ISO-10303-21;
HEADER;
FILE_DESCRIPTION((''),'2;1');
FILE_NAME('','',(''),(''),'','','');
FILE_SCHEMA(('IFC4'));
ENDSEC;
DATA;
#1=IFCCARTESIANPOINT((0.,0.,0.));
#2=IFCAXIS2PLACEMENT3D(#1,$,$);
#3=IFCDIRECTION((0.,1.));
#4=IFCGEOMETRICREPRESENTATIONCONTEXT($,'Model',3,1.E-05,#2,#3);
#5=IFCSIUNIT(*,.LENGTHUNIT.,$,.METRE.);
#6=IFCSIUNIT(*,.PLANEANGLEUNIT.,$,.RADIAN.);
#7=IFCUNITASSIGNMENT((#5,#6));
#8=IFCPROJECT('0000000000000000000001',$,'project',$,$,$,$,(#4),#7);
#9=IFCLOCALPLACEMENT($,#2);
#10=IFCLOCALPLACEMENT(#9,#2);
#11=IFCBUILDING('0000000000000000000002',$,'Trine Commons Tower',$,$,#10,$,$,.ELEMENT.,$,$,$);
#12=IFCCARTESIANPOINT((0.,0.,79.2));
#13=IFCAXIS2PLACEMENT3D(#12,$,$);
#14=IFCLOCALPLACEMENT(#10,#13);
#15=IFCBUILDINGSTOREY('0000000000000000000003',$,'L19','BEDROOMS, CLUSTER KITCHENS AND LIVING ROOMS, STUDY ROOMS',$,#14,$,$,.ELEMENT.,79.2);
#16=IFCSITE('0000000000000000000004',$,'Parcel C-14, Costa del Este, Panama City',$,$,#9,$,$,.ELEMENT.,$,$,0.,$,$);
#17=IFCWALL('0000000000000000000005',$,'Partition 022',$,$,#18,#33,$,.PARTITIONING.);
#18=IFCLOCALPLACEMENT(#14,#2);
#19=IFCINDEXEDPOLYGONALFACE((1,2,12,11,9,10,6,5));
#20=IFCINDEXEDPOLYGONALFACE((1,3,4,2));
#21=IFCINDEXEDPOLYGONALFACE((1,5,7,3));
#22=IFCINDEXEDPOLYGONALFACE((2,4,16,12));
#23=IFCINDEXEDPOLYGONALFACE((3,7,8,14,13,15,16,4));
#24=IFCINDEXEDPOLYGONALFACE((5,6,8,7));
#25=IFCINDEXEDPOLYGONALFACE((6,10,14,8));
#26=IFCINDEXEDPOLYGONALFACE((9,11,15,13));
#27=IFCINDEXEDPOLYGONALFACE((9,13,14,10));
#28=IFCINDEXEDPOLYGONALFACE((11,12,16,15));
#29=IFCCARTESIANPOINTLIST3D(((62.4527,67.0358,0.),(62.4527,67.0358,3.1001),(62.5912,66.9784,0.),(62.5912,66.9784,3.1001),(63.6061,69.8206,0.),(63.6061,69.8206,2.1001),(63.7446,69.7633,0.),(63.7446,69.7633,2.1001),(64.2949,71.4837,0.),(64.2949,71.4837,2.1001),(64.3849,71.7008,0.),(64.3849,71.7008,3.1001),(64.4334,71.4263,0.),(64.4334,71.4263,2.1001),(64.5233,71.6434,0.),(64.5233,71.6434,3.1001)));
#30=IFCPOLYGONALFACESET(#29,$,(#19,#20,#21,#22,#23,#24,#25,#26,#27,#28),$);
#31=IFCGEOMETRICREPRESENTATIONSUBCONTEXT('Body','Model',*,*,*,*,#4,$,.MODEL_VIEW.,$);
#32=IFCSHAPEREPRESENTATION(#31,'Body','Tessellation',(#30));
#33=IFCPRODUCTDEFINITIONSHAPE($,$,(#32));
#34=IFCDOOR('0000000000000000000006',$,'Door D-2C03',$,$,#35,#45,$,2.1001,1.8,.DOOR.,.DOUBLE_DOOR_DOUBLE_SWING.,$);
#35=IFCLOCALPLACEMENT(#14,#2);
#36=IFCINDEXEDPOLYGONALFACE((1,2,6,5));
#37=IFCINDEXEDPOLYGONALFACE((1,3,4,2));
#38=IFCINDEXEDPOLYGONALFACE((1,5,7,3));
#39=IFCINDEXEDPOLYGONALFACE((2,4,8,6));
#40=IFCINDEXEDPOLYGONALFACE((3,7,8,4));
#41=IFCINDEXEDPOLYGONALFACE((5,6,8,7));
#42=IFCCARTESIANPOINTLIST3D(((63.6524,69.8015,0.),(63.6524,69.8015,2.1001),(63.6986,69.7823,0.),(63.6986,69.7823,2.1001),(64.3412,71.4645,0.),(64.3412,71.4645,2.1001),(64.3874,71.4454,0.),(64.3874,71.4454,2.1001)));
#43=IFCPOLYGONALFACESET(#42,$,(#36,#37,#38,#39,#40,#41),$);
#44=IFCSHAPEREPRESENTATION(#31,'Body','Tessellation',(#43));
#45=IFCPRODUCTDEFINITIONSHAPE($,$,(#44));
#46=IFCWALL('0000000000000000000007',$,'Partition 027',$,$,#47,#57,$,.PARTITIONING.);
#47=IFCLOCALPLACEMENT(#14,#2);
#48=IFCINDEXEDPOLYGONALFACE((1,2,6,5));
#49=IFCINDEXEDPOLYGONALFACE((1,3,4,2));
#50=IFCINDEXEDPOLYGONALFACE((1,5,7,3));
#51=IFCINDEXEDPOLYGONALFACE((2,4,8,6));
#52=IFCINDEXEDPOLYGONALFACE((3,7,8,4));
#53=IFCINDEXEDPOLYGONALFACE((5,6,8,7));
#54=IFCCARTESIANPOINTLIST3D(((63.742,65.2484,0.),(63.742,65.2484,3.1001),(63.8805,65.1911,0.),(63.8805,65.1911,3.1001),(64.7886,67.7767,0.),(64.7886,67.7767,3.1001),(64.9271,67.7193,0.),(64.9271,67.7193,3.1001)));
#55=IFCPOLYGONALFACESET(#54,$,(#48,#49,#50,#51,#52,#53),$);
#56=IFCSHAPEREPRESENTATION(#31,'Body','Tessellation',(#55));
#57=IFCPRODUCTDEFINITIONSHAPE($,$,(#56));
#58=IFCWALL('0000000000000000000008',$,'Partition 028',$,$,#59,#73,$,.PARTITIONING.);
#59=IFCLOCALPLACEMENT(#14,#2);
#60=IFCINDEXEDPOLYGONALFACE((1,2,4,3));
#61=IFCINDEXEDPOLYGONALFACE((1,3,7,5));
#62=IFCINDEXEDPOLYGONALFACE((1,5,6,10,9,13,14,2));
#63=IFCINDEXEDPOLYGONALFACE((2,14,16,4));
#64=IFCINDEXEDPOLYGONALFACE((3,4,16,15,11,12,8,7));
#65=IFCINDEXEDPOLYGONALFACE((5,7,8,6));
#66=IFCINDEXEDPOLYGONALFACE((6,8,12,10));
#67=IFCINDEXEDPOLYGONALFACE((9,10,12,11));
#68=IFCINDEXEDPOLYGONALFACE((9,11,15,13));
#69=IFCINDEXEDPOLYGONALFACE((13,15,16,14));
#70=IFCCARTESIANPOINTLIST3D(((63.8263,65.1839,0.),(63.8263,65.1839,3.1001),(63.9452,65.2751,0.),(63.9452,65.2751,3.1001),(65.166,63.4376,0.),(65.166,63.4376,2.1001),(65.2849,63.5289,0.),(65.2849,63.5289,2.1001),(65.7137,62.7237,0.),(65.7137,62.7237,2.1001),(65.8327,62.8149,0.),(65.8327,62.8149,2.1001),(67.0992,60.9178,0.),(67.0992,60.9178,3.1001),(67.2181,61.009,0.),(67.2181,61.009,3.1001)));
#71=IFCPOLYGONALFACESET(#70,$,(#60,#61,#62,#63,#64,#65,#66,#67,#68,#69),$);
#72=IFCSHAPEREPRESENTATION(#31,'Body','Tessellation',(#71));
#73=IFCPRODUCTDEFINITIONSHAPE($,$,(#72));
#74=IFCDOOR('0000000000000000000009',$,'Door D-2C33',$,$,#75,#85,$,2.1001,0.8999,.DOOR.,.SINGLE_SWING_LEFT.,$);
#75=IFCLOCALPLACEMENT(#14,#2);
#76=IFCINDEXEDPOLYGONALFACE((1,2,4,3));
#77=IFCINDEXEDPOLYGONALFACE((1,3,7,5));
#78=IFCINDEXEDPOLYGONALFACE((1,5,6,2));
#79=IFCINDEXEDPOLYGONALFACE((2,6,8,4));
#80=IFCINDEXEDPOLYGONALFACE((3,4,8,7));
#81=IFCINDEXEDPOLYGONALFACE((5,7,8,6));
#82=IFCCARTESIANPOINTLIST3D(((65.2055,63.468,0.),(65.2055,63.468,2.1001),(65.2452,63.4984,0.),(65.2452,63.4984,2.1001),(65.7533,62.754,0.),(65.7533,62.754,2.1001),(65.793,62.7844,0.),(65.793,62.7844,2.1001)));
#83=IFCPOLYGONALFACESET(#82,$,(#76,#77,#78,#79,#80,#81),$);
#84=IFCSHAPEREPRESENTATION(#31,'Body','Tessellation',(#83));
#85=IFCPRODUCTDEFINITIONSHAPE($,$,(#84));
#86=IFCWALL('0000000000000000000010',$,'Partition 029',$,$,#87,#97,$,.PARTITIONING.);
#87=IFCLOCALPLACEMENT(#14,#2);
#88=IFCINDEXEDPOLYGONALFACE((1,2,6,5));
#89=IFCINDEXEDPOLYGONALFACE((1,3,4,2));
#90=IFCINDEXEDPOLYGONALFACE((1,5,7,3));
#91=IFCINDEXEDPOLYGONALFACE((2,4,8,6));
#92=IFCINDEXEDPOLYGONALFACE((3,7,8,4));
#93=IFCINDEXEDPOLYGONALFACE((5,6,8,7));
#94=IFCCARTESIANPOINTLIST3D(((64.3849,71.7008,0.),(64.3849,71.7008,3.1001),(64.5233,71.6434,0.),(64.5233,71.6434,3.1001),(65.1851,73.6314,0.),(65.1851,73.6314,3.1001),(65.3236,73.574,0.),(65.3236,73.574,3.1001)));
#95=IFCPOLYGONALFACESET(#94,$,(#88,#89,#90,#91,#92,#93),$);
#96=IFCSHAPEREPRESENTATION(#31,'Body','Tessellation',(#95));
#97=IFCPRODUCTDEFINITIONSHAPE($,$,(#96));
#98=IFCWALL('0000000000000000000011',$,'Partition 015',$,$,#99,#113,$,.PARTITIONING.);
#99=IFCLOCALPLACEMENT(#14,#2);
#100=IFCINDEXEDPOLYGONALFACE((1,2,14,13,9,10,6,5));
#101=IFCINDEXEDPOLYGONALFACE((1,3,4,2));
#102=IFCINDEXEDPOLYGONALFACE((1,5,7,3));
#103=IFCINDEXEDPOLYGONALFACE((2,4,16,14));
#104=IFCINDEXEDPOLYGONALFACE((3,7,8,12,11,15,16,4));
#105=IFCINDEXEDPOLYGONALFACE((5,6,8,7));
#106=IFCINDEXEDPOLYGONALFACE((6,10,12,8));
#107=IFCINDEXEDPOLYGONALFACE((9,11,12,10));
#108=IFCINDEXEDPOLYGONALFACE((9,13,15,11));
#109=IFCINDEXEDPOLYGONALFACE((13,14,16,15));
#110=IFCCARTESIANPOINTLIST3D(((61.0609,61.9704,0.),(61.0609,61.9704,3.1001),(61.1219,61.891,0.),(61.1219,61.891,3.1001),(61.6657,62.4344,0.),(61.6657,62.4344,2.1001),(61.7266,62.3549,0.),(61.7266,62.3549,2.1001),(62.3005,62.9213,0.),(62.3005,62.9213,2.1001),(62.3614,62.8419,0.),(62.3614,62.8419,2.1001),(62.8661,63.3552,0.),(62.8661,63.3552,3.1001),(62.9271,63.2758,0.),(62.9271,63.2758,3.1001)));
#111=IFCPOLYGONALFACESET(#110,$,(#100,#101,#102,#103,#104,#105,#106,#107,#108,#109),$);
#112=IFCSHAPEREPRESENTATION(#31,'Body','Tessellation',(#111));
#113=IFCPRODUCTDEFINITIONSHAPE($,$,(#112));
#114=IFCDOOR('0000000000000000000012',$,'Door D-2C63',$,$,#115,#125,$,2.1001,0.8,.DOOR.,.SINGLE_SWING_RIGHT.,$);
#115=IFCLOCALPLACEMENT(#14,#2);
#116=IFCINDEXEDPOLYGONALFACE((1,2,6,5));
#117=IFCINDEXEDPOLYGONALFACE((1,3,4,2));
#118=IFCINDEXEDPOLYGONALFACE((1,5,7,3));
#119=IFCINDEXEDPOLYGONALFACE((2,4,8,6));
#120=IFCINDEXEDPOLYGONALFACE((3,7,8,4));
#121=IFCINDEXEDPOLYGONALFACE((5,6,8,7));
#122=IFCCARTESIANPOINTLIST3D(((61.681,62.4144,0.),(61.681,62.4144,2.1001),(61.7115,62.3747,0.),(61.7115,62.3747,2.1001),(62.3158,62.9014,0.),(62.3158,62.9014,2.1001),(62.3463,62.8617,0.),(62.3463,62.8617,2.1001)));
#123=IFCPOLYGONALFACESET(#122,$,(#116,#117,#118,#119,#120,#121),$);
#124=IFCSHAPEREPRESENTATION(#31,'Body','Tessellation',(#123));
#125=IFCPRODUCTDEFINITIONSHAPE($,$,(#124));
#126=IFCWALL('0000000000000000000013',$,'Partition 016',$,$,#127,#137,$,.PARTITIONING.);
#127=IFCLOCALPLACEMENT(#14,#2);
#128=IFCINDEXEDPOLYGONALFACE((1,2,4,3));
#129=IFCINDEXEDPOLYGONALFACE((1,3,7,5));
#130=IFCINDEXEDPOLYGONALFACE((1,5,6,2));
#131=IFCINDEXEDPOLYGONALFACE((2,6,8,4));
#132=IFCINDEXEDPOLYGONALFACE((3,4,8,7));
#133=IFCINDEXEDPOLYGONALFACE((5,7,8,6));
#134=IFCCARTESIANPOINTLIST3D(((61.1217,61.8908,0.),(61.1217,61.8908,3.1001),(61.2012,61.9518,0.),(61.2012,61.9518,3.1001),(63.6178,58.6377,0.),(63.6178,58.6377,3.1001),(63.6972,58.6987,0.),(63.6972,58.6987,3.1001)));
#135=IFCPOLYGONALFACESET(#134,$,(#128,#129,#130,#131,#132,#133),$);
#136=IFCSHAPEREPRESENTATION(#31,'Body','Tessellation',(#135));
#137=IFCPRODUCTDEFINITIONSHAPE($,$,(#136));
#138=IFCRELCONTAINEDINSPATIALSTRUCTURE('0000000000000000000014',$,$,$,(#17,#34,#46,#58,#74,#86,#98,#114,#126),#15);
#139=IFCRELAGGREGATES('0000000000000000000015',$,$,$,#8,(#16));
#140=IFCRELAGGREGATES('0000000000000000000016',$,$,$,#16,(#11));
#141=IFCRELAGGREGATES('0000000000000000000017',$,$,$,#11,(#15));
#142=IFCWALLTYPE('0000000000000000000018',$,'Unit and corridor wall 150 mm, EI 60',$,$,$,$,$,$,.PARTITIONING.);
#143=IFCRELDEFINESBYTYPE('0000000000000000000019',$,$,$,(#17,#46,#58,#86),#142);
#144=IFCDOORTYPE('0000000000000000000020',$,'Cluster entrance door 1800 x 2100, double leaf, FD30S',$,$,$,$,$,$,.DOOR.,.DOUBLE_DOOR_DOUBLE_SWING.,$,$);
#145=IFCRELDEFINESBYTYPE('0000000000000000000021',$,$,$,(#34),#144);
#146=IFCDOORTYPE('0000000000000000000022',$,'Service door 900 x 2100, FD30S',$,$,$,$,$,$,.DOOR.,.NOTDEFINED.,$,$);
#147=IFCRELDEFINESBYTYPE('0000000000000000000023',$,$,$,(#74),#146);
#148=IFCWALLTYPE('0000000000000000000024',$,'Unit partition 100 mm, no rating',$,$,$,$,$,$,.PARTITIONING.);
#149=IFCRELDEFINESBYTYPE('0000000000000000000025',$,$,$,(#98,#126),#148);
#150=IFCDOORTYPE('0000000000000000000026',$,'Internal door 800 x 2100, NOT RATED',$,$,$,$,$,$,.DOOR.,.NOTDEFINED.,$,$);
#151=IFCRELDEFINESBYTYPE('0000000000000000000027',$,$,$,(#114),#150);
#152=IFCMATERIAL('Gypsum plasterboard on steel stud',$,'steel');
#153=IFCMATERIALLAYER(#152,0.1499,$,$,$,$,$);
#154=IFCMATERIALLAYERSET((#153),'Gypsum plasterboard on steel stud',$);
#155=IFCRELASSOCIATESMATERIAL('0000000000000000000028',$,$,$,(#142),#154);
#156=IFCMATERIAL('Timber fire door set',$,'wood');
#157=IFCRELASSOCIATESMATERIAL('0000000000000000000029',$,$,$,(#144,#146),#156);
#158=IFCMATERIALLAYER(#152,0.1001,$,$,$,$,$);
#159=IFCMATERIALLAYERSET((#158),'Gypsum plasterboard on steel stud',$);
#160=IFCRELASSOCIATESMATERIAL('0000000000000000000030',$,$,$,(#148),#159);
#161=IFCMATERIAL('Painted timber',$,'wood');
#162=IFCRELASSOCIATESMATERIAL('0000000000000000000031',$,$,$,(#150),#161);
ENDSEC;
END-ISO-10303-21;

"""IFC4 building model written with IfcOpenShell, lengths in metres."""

from ifc_helpers import new_model, si_unit, direction, frame, frame_2d, origin, place, context, subcontext, project, spatial, rectangle, extrude, material, layer, layer_set, type_object, element, fill, save


model = new_model("IFC4")

# Units and contexts
model_context = context("Model", 3, precision=1e-05, world=origin(), true_north=direction((0.0, 1.0)))
body_context = subcontext(model_context, "Body", "Model", "MODEL_VIEW")
ifc_project = project(units=[si_unit("LENGTHUNIT", "METRE"), si_unit("PLANEANGLEUNIT", "RADIAN")], contexts=[model_context])

# Site, building, storey
site_placement = place(None, origin())
site = spatial("IfcSite", under=ifc_project, at=site_placement, Name="Parcel C-14, Costa del Este, Panama City", CompositionType="ELEMENT", RefElevation=0.0)
building_placement = place(site_placement, origin())
building = spatial("IfcBuilding", under=site, at=building_placement, Name="Trine Commons Tower", CompositionType="ELEMENT")
storey_placement = place(building_placement, frame((0.0, 0.0, 79.2)))
storey = spatial("IfcBuildingStorey", under=building, at=storey_placement, Name="L19", Description="BEDROOMS, CLUSTER KITCHENS AND LIVING ROOMS, STUDY ROOMS", CompositionType="ELEMENT", Elevation=79.2)

# Shared definitions
ifc_material_1 = material(Name="Gypsum plasterboard on steel stud", Category="steel")
ifc_layer_1 = layer(ifc_material_1, 0.1499)
ifc_layer_set_1 = layer_set([ifc_layer_1], Name="Gypsum plasterboard on steel stud")
wall_type_1 = type_object("IfcWallType", Name="Unit and corridor wall 150 mm, EI 60", PredefinedType="PARTITIONING", material=ifc_layer_set_1)

# Wall, opening, door
ifc_material_2 = material(Name="Painted timber", Category="wood")
wall_1_placement = place(storey_placement, frame((62.522, 67.0071, 0.0), z_axis=(0.0, 0.0, 1.0), x_axis=(0.382651, 0.923893, 0.0)))
wall_1 = element("IfcWall", 1, at=wall_1_placement, inside=storey, type_object=wall_type_1, Name="Partition 022", PredefinedType="PARTITIONING", context=body_context, shape_type="SweptSolid", body=[
    extrude(rectangle(XDim=5.0493, YDim=0.1499, at=frame_2d((2.5247, 0.0))), origin(), (0.0, 0.0, 1.0), 3.1001),
])
opening_1_placement = place(wall_1_placement, frame((3.0144, 0.0, 0.0)))
opening_1 = element("IfcOpeningElement", 2, at=opening_1_placement, cuts=wall_1, PredefinedType="OPENING", context=body_context, shape_type="SweptSolid", body=[
    extrude(rectangle(XDim=1.8, YDim=2.1001, at=frame_2d((0.8999, 1.05))), frame((0.0, 0.085, 0.0), z_axis=(0.0, -1.0, 0.0), x_axis=(1.0, 0.0, 0.0)), (0.0, 0.0, 1.0), 0.1699),
])
ifc_material_3 = material(Name="Timber fire door set", Category="wood")
door_type_1 = type_object("IfcDoorType", Name="Cluster entrance door 1800 x 2100, double leaf, FD30S", OperationType="DOUBLE_DOOR_DOUBLE_SWING", PredefinedType="DOOR", material=ifc_material_3)
door_1_placement = place(opening_1_placement, origin())
door_1 = element("IfcDoor", 3, at=door_1_placement, inside=storey, type_object=door_type_1, Name="Door D-2C03", OperationType="DOUBLE_DOOR_DOUBLE_SWING", OverallHeight=2.1001, OverallWidth=1.8, PredefinedType="DOOR", context=body_context, shape_type="SweptSolid", body=[
    extrude(rectangle(XDim=1.8, YDim=2.1001, at=frame_2d((0.8999, 1.05))), frame((0.0, 0.0249, 0.0), z_axis=(0.0, -1.0, 0.0), x_axis=(1.0, 0.0, 0.0)), (0.0, 0.0, 1.0), 0.05),
])
fill(opening_1, door_1)

# Wall
wall_2_placement = place(storey_placement, frame((63.8113, 65.2197, 0.0), z_axis=(0.0, 0.0, 1.0), x_axis=(0.382486, 0.923961, 0.0)))
element("IfcWall", 4, at=wall_2_placement, inside=storey, type_object=wall_type_1, Name="Partition 027", PredefinedType="PARTITIONING", context=body_context, shape_type="SweptSolid", body=[
    extrude(rectangle(XDim=2.7363, YDim=0.1499, at=frame_2d((1.3682, 0.0))), origin(), (0.0, 0.0, 1.0), 3.1001),
])

# Wall, opening, door
wall_3_placement = place(storey_placement, frame((63.8857, 65.2295, 0.0), z_axis=(0.0, 0.0, 1.0), x_axis=(0.608697, -0.793403, 0.0)))
wall_3 = element("IfcWall", 5, at=wall_3_placement, inside=storey, type_object=wall_type_1, Name="Partition 028", PredefinedType="PARTITIONING", context=body_context, shape_type="SweptSolid", body=[
    extrude(rectangle(XDim=5.377, YDim=0.1499, at=frame_2d((2.6885, 0.0))), origin(), (0.0, 0.0, 1.0), 3.1001),
])
opening_2_placement = place(wall_3_placement, frame((2.2009, 0.0, 0.0)))
opening_2 = element("IfcOpeningElement", 6, at=opening_2_placement, cuts=wall_3, PredefinedType="OPENING", context=body_context, shape_type="SweptSolid", body=[
    extrude(rectangle(XDim=0.8999, YDim=2.1001, at=frame_2d((0.45, 1.05))), frame((0.0, 0.085, 0.0), z_axis=(0.0, -1.0, 0.0), x_axis=(1.0, 0.0, 0.0)), (0.0, 0.0, 1.0), 0.1699),
])
door_type_2 = type_object("IfcDoorType", Name="Service door 900 x 2100, FD30S", OperationType="NOTDEFINED", PredefinedType="DOOR", material=ifc_material_3)
door_2_placement = place(opening_2_placement, origin())
door_2 = element("IfcDoor", 7, at=door_2_placement, inside=storey, type_object=door_type_2, Name="Door D-2C33", OperationType="SINGLE_SWING_LEFT", OverallHeight=2.1001, OverallWidth=0.8999, PredefinedType="DOOR", context=body_context, shape_type="SweptSolid", body=[
    extrude(rectangle(XDim=0.8999, YDim=2.1001, at=frame_2d((0.45, 1.05))), frame((0.0, 0.0249, 0.0), z_axis=(0.0, -1.0, 0.0), x_axis=(1.0, 0.0, 0.0)), (0.0, 0.0, 1.0), 0.05),
])
fill(opening_2, door_2)

# Wall
wall_4_placement = place(storey_placement, frame((64.4541, 71.6721, 0.0), z_axis=(0.0, 0.0, 1.0), x_axis=(0.382923, 0.92378, 0.0)))
element("IfcWall", 8, at=wall_4_placement, inside=storey, type_object=wall_type_1, Name="Partition 029", PredefinedType="PARTITIONING", context=body_context, shape_type="SweptSolid", body=[
    extrude(rectangle(XDim=2.0898, YDim=0.1499, at=frame_2d((1.0449, 0.0))), origin(), (0.0, 0.0, 1.0), 3.1001),
])

# Wall, opening, door
ifc_layer_2 = layer(ifc_material_1, 0.1001)
ifc_layer_set_2 = layer_set([ifc_layer_2], Name="Gypsum plasterboard on steel stud")
wall_type_2 = type_object("IfcWallType", Name="Unit partition 100 mm, no rating", PredefinedType="PARTITIONING", material=ifc_layer_set_2)
wall_5_placement = place(storey_placement, frame((61.0913, 61.9307, 0.0), z_axis=(0.0, 0.0, 1.0), x_axis=(0.793437, 0.608652, 0.0)))
wall_5 = element("IfcWall", 9, at=wall_5_placement, inside=storey, type_object=wall_type_2, Name="Partition 015", PredefinedType="PARTITIONING", context=body_context, shape_type="SweptSolid", body=[
    extrude(rectangle(XDim=2.2751, YDim=0.1001, at=frame_2d((1.1377, 0.0))), origin(), (0.0, 0.0, 1.0), 3.1001),
])
opening_3_placement = place(wall_5_placement, frame((0.7625, 0.0, 0.0)))
opening_3 = element("IfcOpeningElement", 10, at=opening_3_placement, cuts=wall_5, PredefinedType="OPENING", context=body_context, shape_type="SweptSolid", body=[
    extrude(rectangle(XDim=0.8, YDim=2.1001, at=frame_2d((0.3999, 1.05))), frame((0.0, 0.0601, 0.0), z_axis=(0.0, -1.0, 0.0), x_axis=(1.0, 0.0, 0.0)), (0.0, 0.0, 1.0), 0.1201),
])
door_type_3 = type_object("IfcDoorType", Name="Internal door 800 x 2100, NOT RATED", OperationType="NOTDEFINED", PredefinedType="DOOR", material=ifc_material_2)
door_3_placement = place(opening_3_placement, origin())
door_3 = element("IfcDoor", 11, at=door_3_placement, inside=storey, type_object=door_type_3, Name="Door D-2C63", OperationType="SINGLE_SWING_RIGHT", OverallHeight=2.1001, OverallWidth=0.8, PredefinedType="DOOR", context=body_context, shape_type="SweptSolid", body=[
    extrude(rectangle(XDim=0.8, YDim=2.1001, at=frame_2d((0.3999, 1.05))), frame((0.0, 0.0249, 0.0), z_axis=(0.0, -1.0, 0.0), x_axis=(1.0, 0.0, 0.0)), (0.0, 0.0, 1.0), 0.05),
])
fill(opening_3, door_3)

# Wall
wall_6_placement = place(storey_placement, frame((61.1614, 61.9214, 0.0), z_axis=(0.0, 0.0, 1.0), x_axis=(0.608738, -0.793372, 0.0)))
element("IfcWall", 12, at=wall_6_placement, inside=storey, type_object=wall_type_2, Name="Partition 016", PredefinedType="PARTITIONING", context=body_context, shape_type="SweptSolid", body=[
    extrude(rectangle(XDim=4.1003, YDim=0.1001, at=frame_2d((2.0503, 0.0))), origin(), (0.0, 0.0, 1.0), 3.1001),
])

save(model, "model.ifc")
